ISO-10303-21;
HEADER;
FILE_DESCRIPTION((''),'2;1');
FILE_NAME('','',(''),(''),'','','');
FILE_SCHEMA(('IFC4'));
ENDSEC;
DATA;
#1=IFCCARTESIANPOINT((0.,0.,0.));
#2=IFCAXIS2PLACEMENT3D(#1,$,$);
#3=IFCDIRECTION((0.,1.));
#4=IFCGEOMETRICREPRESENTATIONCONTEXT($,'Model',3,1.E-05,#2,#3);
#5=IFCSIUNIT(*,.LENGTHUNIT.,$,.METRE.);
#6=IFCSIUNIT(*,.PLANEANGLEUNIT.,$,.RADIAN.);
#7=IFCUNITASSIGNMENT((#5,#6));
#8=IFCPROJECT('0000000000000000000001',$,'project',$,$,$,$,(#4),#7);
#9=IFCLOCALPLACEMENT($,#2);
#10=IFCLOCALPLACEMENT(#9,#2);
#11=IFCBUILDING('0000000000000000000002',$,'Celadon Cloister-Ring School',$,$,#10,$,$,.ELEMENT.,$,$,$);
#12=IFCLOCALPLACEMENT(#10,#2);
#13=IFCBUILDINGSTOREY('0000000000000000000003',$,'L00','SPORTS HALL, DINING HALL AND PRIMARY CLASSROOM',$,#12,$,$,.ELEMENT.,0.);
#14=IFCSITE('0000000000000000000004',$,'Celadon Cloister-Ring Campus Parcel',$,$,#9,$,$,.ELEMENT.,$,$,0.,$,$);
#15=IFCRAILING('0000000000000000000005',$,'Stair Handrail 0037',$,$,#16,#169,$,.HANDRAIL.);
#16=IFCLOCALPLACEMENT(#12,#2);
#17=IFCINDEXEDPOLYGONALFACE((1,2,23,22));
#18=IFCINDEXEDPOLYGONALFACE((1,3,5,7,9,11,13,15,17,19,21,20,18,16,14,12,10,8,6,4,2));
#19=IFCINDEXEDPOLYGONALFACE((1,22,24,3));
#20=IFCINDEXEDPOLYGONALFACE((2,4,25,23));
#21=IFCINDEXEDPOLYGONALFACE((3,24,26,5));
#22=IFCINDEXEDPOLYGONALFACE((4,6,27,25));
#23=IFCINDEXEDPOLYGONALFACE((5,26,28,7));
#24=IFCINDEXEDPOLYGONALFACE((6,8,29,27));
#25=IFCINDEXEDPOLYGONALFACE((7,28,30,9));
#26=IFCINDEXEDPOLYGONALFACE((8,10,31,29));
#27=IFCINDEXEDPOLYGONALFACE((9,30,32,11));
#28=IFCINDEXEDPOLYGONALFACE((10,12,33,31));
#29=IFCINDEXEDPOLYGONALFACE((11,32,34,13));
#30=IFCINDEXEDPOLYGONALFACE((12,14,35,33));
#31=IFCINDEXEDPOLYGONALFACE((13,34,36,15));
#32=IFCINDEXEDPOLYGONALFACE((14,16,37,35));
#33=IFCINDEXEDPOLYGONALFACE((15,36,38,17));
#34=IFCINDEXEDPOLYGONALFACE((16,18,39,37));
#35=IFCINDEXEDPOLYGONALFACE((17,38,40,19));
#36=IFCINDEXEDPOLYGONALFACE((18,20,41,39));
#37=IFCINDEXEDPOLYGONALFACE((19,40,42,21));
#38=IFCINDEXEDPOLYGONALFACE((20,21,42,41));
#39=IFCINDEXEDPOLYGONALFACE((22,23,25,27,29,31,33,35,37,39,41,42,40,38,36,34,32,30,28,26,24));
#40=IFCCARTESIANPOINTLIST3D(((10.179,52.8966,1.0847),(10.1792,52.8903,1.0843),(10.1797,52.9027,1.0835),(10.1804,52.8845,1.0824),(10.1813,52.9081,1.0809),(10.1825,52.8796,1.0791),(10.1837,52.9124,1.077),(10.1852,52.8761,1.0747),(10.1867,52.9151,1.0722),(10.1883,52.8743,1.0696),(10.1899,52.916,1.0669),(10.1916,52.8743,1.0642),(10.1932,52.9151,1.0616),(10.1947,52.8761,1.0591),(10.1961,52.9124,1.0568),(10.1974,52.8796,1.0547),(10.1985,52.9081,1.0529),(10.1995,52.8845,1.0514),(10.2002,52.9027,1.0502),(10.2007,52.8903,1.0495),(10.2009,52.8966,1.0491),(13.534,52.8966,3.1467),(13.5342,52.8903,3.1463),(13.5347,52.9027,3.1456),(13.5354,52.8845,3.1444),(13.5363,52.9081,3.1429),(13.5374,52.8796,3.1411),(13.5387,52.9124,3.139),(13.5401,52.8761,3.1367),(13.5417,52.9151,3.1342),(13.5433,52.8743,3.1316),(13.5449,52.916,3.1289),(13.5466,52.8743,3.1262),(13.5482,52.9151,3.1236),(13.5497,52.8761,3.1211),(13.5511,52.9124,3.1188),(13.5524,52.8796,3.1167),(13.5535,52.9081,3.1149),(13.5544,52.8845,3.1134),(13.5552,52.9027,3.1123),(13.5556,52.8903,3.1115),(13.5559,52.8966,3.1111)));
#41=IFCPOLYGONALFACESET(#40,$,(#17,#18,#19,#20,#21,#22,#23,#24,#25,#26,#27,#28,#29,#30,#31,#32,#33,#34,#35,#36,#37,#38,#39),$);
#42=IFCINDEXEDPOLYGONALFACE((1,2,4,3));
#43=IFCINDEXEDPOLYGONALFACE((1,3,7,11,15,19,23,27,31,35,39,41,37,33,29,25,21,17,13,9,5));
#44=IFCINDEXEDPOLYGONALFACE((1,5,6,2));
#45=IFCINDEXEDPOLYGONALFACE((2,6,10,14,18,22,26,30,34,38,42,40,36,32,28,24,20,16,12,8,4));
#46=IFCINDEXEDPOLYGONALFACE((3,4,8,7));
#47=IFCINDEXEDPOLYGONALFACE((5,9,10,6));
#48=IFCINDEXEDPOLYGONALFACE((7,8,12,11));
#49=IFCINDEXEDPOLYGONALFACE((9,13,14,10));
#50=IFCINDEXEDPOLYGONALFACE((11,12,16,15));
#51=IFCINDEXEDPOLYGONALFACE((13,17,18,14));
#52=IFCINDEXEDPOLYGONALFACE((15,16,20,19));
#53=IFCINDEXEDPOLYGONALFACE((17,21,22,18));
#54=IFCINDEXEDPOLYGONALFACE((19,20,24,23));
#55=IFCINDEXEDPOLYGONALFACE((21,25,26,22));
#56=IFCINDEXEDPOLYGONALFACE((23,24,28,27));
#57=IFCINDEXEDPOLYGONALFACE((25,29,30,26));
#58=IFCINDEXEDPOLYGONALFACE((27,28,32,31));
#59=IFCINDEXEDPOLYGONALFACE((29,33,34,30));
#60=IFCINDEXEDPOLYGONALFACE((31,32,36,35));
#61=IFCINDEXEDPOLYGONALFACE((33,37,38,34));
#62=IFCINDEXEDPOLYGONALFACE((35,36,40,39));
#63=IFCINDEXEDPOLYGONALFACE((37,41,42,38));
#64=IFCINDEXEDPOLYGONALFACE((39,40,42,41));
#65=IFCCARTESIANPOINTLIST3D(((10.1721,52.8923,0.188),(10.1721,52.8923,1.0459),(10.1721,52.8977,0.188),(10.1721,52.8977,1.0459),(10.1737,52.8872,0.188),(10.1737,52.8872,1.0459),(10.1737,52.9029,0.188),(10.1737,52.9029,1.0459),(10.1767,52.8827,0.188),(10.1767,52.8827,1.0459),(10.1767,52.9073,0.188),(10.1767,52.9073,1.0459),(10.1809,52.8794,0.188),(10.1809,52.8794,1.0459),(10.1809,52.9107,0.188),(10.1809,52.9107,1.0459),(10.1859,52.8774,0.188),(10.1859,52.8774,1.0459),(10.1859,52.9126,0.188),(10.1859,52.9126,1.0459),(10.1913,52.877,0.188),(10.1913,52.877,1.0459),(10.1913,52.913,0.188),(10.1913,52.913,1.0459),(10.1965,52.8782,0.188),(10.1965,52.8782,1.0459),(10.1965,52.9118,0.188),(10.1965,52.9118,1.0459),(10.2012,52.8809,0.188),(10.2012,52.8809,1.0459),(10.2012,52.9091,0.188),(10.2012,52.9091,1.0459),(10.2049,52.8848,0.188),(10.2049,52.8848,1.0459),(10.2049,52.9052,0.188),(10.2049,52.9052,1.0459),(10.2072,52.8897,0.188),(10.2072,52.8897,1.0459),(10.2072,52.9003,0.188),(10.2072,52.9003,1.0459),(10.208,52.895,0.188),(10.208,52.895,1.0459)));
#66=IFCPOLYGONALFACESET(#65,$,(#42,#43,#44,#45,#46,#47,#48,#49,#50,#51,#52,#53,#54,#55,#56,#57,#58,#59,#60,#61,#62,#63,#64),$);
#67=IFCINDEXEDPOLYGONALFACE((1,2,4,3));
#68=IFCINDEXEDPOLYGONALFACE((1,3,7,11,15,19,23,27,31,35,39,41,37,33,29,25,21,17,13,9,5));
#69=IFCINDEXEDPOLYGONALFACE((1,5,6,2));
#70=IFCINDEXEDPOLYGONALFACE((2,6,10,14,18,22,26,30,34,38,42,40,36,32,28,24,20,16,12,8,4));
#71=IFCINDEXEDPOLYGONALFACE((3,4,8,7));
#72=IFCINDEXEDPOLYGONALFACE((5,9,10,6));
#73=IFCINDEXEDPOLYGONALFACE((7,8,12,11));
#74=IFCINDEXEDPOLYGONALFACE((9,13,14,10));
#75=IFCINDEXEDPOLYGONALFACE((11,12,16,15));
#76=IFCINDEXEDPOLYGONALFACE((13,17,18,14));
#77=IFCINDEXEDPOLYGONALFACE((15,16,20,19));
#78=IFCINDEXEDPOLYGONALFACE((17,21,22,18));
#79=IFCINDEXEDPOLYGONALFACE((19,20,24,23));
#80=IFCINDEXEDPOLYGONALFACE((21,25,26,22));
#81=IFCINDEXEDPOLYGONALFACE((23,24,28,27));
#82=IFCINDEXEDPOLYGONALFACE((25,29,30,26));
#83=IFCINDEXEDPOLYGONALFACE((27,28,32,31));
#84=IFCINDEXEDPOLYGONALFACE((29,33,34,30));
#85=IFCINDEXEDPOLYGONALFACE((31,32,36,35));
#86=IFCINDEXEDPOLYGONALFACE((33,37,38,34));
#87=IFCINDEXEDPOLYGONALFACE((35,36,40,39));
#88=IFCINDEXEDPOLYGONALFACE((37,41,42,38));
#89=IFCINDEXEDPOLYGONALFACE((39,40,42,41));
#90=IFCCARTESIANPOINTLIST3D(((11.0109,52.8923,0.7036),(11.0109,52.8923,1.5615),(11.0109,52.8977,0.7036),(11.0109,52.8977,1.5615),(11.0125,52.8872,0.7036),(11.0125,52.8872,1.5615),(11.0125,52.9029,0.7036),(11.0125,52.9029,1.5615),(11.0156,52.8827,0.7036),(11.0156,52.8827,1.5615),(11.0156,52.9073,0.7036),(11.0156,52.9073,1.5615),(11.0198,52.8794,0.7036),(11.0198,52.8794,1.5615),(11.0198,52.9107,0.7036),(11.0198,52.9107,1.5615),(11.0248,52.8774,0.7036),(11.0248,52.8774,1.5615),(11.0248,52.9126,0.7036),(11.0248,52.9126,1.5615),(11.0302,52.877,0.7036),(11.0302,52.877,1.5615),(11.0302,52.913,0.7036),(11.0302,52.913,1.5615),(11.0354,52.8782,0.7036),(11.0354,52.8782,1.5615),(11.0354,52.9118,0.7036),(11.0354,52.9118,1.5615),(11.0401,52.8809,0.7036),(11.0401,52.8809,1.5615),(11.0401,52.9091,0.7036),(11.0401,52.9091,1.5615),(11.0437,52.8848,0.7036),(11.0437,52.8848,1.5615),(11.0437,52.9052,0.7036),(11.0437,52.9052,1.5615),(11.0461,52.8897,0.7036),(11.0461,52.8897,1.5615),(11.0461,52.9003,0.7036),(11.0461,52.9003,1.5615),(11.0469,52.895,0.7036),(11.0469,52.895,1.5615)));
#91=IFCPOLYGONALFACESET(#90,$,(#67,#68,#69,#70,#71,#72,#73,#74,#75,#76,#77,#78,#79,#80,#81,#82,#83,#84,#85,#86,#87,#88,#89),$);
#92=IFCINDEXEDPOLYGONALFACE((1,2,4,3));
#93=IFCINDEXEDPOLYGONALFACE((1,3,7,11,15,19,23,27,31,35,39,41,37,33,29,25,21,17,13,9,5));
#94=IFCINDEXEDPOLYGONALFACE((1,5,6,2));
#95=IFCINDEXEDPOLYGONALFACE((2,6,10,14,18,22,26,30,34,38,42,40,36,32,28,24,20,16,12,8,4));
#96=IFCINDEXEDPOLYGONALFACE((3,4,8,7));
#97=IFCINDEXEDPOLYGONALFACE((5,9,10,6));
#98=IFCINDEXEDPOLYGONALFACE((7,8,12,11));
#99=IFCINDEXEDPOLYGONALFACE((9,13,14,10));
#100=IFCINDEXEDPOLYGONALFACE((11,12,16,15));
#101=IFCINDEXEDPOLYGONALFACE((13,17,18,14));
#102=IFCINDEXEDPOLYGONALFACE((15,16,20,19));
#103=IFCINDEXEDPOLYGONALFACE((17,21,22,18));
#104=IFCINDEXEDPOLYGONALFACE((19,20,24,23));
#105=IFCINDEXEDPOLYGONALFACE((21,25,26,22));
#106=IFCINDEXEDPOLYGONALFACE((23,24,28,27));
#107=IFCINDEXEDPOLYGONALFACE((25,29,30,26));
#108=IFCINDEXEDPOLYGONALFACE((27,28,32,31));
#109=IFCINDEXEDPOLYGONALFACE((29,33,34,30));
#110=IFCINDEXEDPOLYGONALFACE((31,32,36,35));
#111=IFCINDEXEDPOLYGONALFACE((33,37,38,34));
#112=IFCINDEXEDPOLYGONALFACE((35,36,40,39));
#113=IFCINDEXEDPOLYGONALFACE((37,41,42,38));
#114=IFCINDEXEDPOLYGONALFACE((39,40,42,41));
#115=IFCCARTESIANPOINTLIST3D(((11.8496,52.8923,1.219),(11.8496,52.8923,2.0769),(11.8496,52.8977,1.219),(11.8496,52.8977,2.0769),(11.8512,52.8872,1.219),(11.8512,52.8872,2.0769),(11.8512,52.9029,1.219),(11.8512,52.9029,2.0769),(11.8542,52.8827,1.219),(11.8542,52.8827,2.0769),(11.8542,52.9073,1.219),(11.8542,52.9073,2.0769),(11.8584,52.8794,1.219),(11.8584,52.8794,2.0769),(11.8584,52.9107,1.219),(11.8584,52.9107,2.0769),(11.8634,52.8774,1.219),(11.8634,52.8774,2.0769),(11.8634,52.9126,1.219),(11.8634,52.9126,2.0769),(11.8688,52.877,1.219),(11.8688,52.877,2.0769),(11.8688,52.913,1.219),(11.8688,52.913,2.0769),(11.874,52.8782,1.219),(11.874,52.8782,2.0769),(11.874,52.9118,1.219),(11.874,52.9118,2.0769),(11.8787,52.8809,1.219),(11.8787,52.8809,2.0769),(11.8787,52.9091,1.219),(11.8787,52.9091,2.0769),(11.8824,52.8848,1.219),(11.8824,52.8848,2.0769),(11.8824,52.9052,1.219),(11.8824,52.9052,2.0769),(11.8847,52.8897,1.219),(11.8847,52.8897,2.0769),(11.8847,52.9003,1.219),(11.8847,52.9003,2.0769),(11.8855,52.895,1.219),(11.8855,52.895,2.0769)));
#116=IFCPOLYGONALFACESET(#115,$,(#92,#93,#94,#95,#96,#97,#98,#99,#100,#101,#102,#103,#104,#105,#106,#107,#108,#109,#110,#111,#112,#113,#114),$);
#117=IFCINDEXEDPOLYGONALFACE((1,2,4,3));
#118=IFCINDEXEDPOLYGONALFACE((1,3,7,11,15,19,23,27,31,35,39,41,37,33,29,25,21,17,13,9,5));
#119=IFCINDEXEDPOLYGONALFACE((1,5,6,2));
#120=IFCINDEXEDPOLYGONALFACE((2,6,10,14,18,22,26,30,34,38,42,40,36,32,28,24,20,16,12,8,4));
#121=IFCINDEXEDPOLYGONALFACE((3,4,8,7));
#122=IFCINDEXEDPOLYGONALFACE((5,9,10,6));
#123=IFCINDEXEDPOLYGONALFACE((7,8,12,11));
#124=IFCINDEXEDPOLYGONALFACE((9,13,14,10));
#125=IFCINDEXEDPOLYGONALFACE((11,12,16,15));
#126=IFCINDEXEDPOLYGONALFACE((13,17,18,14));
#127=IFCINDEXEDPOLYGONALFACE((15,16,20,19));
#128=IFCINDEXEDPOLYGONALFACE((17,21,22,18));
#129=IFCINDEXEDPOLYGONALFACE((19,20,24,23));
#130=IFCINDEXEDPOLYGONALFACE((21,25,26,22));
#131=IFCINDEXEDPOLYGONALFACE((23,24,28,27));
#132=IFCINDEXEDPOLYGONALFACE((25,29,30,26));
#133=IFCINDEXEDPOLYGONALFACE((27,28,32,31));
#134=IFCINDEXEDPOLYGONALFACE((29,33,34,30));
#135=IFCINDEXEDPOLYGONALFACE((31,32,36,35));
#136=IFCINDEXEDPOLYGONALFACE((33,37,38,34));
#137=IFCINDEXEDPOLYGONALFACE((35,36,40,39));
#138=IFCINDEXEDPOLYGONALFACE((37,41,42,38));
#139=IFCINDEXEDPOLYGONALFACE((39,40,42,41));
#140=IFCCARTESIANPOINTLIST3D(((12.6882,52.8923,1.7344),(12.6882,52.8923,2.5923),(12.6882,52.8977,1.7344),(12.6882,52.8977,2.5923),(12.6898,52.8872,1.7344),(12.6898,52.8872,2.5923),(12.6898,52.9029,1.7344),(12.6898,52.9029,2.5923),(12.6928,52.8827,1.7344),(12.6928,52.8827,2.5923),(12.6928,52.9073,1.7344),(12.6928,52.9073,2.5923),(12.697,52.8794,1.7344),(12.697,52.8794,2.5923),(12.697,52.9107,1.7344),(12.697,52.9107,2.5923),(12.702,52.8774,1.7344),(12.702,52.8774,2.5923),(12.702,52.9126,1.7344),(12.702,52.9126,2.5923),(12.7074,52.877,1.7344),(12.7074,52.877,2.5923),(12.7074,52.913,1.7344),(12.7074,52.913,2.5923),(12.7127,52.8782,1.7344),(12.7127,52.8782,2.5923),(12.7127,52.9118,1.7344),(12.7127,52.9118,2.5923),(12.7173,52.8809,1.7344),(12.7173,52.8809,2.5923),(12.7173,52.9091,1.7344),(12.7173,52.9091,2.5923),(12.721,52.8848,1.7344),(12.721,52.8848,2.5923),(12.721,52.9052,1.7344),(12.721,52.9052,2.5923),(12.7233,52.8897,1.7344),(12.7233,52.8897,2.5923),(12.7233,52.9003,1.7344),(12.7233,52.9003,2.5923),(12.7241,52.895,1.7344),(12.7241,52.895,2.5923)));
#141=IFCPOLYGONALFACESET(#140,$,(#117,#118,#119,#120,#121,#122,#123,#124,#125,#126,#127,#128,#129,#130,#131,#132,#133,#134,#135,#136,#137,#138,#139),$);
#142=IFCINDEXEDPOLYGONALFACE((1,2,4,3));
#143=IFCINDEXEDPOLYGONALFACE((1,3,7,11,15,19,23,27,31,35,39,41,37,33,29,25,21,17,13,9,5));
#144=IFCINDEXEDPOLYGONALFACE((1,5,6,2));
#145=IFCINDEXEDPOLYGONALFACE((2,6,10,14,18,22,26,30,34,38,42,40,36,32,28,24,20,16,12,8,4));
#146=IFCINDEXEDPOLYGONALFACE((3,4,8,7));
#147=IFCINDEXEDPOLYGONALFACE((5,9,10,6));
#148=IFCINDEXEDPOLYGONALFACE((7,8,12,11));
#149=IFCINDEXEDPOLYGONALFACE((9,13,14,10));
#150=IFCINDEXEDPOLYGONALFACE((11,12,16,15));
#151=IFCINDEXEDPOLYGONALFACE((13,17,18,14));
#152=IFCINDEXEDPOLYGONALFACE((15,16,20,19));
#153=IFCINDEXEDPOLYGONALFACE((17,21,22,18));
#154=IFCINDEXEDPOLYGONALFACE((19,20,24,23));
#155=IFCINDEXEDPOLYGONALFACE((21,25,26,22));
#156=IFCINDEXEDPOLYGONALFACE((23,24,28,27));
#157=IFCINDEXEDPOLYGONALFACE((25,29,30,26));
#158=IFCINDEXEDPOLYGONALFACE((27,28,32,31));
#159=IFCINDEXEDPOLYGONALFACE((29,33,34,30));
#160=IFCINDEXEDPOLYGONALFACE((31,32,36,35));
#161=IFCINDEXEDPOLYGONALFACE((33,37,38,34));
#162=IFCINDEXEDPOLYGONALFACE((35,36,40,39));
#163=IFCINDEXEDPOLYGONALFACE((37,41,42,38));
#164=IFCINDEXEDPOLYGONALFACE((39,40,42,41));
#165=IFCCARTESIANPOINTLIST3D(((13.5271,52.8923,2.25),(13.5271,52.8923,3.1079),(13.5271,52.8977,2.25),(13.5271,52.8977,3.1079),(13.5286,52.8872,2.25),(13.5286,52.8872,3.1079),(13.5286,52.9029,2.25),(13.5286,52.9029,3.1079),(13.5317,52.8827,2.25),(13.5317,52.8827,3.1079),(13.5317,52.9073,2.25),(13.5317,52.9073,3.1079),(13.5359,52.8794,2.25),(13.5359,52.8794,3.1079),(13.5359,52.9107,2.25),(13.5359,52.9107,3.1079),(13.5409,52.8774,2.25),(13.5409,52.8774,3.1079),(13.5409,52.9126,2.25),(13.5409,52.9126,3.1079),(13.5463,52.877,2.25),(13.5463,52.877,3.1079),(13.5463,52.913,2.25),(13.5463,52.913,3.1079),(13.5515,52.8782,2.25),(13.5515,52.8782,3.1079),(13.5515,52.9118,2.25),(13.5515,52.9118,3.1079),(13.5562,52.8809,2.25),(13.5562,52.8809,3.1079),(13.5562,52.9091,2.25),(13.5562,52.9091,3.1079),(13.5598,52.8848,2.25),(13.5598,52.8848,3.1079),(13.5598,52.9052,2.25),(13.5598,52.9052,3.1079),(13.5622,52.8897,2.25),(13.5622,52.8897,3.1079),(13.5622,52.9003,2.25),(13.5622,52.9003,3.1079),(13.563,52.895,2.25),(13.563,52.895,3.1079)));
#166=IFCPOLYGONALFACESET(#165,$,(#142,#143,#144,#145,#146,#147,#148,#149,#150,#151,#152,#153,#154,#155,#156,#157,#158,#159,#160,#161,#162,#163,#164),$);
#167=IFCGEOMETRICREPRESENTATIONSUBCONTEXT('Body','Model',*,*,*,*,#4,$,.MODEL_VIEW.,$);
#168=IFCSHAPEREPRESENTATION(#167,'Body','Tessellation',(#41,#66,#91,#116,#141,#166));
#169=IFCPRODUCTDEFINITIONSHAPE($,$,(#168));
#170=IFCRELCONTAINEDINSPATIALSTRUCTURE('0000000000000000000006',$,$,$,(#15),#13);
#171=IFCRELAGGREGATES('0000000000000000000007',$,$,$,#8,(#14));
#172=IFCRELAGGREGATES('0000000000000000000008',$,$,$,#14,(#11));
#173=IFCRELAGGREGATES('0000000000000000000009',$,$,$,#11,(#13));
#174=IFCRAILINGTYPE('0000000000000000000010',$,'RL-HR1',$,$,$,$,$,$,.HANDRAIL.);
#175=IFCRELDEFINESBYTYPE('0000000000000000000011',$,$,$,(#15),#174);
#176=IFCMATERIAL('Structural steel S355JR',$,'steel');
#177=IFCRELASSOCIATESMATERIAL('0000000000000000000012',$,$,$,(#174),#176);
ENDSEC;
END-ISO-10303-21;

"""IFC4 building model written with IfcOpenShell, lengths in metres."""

from ifc_helpers import new_model, si_unit, direction, frame, origin, origin_2d, place, context, subcontext, project, spatial, circle, extrude, material, type_object, element, save


model = new_model("IFC4")

# Units and contexts
model_context = context("Model", 3, precision=1e-05, world=origin(), true_north=direction((0.0, 1.0)))
body_context = subcontext(model_context, "Body", "Model", "MODEL_VIEW")
ifc_project = project(units=[si_unit("LENGTHUNIT", "METRE"), si_unit("PLANEANGLEUNIT", "RADIAN")], contexts=[model_context])

# Site, building, storey
site_placement = place(None, origin())
site = spatial("IfcSite", under=ifc_project, at=site_placement, Name="Celadon Cloister-Ring Campus Parcel", CompositionType="ELEMENT", RefElevation=0.0)
building_placement = place(site_placement, origin())
building = spatial("IfcBuilding", under=site, at=building_placement, Name="Celadon Cloister-Ring School", CompositionType="ELEMENT")
storey_placement = place(building_placement, origin())
storey = spatial("IfcBuildingStorey", under=building, at=storey_placement, Name="L00", Description="SPORTS HALL, DINING HALL AND PRIMARY CLASSROOM", CompositionType="ELEMENT", Elevation=0.0)

# Railing
ifc_material_1 = material(Name="Structural steel S355JR", Category="steel")
railing_type_1 = type_object("IfcRailingType", Name="RL-HR1", PredefinedType="HANDRAIL", material=ifc_material_1)
for number, where, name in (
    (1, (10.1899, 52.895, 0.188), "Stair Handrail 0037"),
):
    element("IfcRailing", number, at=place(storey_placement, frame(where)), inside=storey, type_object=railing_type_1, Name=name, PredefinedType="HANDRAIL", context=body_context, shape_type="SweptSolid", body=[
        extrude(circle(Radius=0.021, at=origin_2d()), frame((0.0, 0.0, 0.8789), z_axis=(0.851952, 0.0, 0.52362), x_axis=(0.0, 1.0, 0.0)), (0.0, 0.0, 1.0), 3.938),
        extrude(circle(Radius=0.0181, at=origin_2d()), origin(), (0.0, 0.0, 1.0), 0.8579),
        extrude(circle(Radius=0.0181, at=origin_2d()), frame((0.8389, 0.0, 0.5156)), (0.0, 0.0, 1.0), 0.8579),
        extrude(circle(Radius=0.0181, at=origin_2d()), frame((1.6775, 0.0, 1.031)), (0.0, 0.0, 1.0), 0.8579),
        extrude(circle(Radius=0.0181, at=origin_2d()), frame((2.5161, 0.0, 1.5464)), (0.0, 0.0, 1.0), 0.8579),
        extrude(circle(Radius=0.0181, at=origin_2d()), frame((3.355, 0.0, 2.062)), (0.0, 0.0, 1.0), 0.8579),
    ])

save(model, "model.ifc")
